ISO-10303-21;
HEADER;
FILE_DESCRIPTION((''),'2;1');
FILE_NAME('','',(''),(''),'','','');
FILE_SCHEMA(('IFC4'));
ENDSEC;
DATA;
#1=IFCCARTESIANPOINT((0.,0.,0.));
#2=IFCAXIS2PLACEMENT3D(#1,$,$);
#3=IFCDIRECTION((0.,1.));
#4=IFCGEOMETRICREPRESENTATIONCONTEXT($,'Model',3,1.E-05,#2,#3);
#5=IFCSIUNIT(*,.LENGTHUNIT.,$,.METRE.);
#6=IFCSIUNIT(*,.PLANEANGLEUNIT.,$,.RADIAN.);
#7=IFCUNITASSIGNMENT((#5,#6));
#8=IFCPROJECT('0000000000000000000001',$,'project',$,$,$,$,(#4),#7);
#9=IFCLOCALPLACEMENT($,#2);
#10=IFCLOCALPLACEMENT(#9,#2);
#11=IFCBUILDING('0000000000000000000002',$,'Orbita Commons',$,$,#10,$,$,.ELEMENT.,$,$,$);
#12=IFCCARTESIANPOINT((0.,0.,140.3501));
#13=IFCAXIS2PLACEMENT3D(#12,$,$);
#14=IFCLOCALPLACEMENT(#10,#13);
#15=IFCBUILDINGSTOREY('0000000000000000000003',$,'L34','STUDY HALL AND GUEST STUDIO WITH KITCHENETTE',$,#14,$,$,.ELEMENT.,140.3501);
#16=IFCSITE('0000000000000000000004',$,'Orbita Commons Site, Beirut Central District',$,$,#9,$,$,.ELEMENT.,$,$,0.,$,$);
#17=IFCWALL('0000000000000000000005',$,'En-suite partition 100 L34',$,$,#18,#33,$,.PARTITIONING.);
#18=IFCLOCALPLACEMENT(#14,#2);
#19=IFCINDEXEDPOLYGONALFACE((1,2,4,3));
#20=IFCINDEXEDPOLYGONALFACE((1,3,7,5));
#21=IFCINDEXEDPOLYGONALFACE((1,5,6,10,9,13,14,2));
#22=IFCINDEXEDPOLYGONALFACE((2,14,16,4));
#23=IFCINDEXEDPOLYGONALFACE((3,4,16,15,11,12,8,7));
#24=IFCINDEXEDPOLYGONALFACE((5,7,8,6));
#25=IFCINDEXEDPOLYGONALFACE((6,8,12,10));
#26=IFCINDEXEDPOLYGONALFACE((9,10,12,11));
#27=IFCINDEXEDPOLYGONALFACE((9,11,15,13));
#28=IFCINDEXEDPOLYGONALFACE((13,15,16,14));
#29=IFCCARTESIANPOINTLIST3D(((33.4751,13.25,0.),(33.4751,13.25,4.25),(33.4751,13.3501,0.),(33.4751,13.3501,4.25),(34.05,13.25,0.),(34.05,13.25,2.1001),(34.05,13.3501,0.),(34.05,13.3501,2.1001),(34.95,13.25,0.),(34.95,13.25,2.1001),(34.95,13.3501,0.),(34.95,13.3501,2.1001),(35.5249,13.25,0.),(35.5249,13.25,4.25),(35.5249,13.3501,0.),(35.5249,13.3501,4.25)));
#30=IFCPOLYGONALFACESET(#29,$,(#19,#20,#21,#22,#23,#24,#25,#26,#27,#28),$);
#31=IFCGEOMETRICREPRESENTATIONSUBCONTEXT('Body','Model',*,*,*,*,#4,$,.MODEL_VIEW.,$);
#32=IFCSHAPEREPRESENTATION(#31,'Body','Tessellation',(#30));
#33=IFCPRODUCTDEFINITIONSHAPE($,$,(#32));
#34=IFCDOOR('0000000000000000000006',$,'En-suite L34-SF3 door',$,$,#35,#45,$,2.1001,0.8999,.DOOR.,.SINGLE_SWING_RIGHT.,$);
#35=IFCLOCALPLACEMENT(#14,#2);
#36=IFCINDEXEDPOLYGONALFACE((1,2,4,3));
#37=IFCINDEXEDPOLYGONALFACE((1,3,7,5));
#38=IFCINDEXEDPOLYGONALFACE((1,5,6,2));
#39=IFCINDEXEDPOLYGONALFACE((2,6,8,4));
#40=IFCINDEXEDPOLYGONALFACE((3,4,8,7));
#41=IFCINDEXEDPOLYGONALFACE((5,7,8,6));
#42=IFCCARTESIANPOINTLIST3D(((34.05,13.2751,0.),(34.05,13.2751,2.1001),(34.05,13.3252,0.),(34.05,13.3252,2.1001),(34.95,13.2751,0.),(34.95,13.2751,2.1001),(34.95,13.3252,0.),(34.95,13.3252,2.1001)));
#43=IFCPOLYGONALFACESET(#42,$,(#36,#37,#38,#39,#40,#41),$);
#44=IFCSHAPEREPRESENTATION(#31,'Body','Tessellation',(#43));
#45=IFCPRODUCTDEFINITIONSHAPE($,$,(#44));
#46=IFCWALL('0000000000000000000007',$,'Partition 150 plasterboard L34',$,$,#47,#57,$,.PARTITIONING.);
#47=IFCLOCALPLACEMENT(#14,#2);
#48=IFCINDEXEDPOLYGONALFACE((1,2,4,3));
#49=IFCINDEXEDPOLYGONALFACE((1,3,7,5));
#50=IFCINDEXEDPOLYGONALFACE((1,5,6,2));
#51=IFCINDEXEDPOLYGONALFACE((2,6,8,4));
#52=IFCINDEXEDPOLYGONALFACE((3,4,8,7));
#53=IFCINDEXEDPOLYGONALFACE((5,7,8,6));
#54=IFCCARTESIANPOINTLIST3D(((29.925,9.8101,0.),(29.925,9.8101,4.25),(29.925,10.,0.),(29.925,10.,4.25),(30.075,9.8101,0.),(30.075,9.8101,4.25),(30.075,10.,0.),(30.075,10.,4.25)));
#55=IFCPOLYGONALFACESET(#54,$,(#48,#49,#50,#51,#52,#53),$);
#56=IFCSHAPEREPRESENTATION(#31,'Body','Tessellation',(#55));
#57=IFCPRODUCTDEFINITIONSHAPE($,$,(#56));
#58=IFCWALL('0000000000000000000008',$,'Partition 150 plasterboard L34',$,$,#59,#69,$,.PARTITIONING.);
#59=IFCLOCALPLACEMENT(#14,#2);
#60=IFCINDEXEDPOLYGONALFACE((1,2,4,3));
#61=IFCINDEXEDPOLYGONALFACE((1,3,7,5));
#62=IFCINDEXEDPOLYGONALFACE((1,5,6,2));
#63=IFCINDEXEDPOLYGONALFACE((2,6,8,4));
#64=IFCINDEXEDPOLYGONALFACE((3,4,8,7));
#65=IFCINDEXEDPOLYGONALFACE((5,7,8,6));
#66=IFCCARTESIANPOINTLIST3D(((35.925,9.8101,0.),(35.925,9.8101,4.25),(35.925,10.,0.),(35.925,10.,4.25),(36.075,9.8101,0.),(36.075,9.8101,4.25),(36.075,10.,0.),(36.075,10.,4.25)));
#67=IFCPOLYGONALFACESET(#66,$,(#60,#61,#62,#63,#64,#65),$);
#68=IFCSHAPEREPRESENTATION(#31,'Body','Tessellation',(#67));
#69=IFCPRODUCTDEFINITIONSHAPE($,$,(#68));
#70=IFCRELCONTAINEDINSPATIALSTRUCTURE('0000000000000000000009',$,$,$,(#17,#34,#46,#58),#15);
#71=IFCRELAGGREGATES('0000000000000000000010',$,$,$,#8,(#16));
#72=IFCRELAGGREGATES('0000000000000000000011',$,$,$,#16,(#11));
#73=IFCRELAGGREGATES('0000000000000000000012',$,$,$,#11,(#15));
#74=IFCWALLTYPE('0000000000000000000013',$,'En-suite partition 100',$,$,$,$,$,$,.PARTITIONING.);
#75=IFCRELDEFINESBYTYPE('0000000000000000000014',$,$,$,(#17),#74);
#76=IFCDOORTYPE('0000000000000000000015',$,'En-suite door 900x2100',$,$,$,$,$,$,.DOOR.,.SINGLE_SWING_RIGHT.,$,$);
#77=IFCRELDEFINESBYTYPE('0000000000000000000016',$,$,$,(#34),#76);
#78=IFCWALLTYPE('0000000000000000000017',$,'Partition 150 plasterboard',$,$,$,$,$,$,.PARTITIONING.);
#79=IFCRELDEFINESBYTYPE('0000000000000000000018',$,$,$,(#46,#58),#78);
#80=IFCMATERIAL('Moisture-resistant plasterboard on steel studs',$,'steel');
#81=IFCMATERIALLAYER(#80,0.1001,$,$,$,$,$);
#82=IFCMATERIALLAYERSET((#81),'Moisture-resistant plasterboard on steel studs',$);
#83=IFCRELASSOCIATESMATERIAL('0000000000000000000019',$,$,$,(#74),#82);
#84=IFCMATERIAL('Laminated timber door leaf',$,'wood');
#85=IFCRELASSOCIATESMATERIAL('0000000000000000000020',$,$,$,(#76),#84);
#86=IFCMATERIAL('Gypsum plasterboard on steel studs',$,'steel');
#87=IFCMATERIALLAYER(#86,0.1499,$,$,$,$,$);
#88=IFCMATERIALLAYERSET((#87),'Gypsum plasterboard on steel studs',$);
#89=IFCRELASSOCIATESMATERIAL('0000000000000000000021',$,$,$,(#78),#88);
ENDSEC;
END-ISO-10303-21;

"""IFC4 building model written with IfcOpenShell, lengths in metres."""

from ifc_helpers import new_model, si_unit, direction, frame, frame_2d, origin, place, context, subcontext, project, spatial, rectangle, extrude, material, layer, layer_set, type_object, element, fill, save


model = new_model("IFC4")

# Units and contexts
model_context = context("Model", 3, precision=1e-05, world=origin(), true_north=direction((0.0, 1.0)))
body_context = subcontext(model_context, "Body", "Model", "MODEL_VIEW")
ifc_project = project(units=[si_unit("LENGTHUNIT", "METRE"), si_unit("PLANEANGLEUNIT", "RADIAN")], contexts=[model_context])

# Site, building, storey
site_placement = place(None, origin())
site = spatial("IfcSite", under=ifc_project, at=site_placement, Name="Orbita Commons Site, Beirut Central District", CompositionType="ELEMENT", RefElevation=0.0)
building_placement = place(site_placement, origin())
building = spatial("IfcBuilding", under=site, at=building_placement, Name="Orbita Commons", CompositionType="ELEMENT")
storey_placement = place(building_placement, frame((0.0, 0.0, 140.3501)))
storey = spatial("IfcBuildingStorey", under=building, at=storey_placement, Name="L34", Description="STUDY HALL AND GUEST STUDIO WITH KITCHENETTE", CompositionType="ELEMENT", Elevation=140.3501)

# Wall, opening, door
ifc_material_1 = material(Name="Moisture-resistant plasterboard on steel studs", Category="steel")
ifc_layer_1 = layer(ifc_material_1, 0.1001)
ifc_layer_set_1 = layer_set([ifc_layer_1], Name="Moisture-resistant plasterboard on steel studs")
wall_type_1 = type_object("IfcWallType", Name="En-suite partition 100", PredefinedType="PARTITIONING", material=ifc_layer_set_1)
ifc_material_2 = material(Name="Laminated timber door leaf", Category="wood")
door_type = type_object("IfcDoorType", Name="En-suite door 900x2100", OperationType="SINGLE_SWING_RIGHT", PredefinedType="DOOR", material=ifc_material_2)
wall_1_placement = place(storey_placement, frame((35.5249, 13.3, 0.0), z_axis=(0.0, 0.0, 1.0), x_axis=(-1.0, 0.0, 0.0)))
wall_1 = element("IfcWall", 1, at=wall_1_placement, inside=storey, type_object=wall_type_1, Name="En-suite partition 100 L34", PredefinedType="PARTITIONING", context=body_context, shape_type="SweptSolid", body=[
    extrude(rectangle(XDim=2.0498, YDim=0.1001, at=frame_2d((1.0249, 0.0))), origin(), (0.0, 0.0, 1.0), 4.25),
])
opening_1_placement = place(wall_1_placement, frame((0.575, 0.0, 0.0)))
opening_1 = element("IfcOpeningElement", 2, at=opening_1_placement, cuts=wall_1, PredefinedType="OPENING", context=body_context, shape_type="SweptSolid", body=[
    extrude(rectangle(XDim=0.8999, YDim=2.1001, at=frame_2d((0.45, 1.05))), frame((0.0, 0.0601, 0.0), z_axis=(0.0, -1.0, 0.0), x_axis=(1.0, 0.0, 0.0)), (0.0, 0.0, 1.0), 0.1201),
])
door_1_placement = place(opening_1_placement, origin())
door_1 = element("IfcDoor", 3, at=door_1_placement, inside=storey, type_object=door_type, Name="En-suite L34-SF3 door", OperationType="SINGLE_SWING_RIGHT", OverallHeight=2.1001, OverallWidth=0.8999, PredefinedType="DOOR", context=body_context, shape_type="SweptSolid", body=[
    extrude(rectangle(XDim=0.8999, YDim=2.1001, at=frame_2d((0.45, 1.05))), frame((0.0, 0.0249, 0.0), z_axis=(0.0, -1.0, 0.0), x_axis=(1.0, 0.0, 0.0)), (0.0, 0.0, 1.0), 0.05),
])
fill(opening_1, door_1)

# Walls
ifc_material_3 = material(Name="Gypsum plasterboard on steel studs", Category="steel")
ifc_layer_2 = layer(ifc_material_3, 0.1499)
ifc_layer_set_2 = layer_set([ifc_layer_2], Name="Gypsum plasterboard on steel studs")
wall_type_2 = type_object("IfcWallType", Name="Partition 150 plasterboard", PredefinedType="PARTITIONING", material=ifc_layer_set_2)
for number, where, z_axis, x_axis, name in (
    (4, (30.0, 10.0, 0.0), (0.0, 0.0, 1.0), (0.0, -1.0, 0.0), "Partition 150 plasterboard L34"),
    (5, (36.0, 10.0, 0.0), (0.0, 0.0, 1.0), (0.0, -1.0, 0.0), "Partition 150 plasterboard L34"),
):
    element("IfcWall", number, at=place(storey_placement, frame(where, z_axis=z_axis, x_axis=x_axis)), inside=storey, type_object=wall_type_2, Name=name, PredefinedType="PARTITIONING", context=body_context, shape_type="SweptSolid", body=[
        extrude(rectangle(XDim=0.1899, YDim=0.1499, at=frame_2d((0.095, 0.0))), origin(), (0.0, 0.0, 1.0), 4.25),
    ])

save(model, "model.ifc")
